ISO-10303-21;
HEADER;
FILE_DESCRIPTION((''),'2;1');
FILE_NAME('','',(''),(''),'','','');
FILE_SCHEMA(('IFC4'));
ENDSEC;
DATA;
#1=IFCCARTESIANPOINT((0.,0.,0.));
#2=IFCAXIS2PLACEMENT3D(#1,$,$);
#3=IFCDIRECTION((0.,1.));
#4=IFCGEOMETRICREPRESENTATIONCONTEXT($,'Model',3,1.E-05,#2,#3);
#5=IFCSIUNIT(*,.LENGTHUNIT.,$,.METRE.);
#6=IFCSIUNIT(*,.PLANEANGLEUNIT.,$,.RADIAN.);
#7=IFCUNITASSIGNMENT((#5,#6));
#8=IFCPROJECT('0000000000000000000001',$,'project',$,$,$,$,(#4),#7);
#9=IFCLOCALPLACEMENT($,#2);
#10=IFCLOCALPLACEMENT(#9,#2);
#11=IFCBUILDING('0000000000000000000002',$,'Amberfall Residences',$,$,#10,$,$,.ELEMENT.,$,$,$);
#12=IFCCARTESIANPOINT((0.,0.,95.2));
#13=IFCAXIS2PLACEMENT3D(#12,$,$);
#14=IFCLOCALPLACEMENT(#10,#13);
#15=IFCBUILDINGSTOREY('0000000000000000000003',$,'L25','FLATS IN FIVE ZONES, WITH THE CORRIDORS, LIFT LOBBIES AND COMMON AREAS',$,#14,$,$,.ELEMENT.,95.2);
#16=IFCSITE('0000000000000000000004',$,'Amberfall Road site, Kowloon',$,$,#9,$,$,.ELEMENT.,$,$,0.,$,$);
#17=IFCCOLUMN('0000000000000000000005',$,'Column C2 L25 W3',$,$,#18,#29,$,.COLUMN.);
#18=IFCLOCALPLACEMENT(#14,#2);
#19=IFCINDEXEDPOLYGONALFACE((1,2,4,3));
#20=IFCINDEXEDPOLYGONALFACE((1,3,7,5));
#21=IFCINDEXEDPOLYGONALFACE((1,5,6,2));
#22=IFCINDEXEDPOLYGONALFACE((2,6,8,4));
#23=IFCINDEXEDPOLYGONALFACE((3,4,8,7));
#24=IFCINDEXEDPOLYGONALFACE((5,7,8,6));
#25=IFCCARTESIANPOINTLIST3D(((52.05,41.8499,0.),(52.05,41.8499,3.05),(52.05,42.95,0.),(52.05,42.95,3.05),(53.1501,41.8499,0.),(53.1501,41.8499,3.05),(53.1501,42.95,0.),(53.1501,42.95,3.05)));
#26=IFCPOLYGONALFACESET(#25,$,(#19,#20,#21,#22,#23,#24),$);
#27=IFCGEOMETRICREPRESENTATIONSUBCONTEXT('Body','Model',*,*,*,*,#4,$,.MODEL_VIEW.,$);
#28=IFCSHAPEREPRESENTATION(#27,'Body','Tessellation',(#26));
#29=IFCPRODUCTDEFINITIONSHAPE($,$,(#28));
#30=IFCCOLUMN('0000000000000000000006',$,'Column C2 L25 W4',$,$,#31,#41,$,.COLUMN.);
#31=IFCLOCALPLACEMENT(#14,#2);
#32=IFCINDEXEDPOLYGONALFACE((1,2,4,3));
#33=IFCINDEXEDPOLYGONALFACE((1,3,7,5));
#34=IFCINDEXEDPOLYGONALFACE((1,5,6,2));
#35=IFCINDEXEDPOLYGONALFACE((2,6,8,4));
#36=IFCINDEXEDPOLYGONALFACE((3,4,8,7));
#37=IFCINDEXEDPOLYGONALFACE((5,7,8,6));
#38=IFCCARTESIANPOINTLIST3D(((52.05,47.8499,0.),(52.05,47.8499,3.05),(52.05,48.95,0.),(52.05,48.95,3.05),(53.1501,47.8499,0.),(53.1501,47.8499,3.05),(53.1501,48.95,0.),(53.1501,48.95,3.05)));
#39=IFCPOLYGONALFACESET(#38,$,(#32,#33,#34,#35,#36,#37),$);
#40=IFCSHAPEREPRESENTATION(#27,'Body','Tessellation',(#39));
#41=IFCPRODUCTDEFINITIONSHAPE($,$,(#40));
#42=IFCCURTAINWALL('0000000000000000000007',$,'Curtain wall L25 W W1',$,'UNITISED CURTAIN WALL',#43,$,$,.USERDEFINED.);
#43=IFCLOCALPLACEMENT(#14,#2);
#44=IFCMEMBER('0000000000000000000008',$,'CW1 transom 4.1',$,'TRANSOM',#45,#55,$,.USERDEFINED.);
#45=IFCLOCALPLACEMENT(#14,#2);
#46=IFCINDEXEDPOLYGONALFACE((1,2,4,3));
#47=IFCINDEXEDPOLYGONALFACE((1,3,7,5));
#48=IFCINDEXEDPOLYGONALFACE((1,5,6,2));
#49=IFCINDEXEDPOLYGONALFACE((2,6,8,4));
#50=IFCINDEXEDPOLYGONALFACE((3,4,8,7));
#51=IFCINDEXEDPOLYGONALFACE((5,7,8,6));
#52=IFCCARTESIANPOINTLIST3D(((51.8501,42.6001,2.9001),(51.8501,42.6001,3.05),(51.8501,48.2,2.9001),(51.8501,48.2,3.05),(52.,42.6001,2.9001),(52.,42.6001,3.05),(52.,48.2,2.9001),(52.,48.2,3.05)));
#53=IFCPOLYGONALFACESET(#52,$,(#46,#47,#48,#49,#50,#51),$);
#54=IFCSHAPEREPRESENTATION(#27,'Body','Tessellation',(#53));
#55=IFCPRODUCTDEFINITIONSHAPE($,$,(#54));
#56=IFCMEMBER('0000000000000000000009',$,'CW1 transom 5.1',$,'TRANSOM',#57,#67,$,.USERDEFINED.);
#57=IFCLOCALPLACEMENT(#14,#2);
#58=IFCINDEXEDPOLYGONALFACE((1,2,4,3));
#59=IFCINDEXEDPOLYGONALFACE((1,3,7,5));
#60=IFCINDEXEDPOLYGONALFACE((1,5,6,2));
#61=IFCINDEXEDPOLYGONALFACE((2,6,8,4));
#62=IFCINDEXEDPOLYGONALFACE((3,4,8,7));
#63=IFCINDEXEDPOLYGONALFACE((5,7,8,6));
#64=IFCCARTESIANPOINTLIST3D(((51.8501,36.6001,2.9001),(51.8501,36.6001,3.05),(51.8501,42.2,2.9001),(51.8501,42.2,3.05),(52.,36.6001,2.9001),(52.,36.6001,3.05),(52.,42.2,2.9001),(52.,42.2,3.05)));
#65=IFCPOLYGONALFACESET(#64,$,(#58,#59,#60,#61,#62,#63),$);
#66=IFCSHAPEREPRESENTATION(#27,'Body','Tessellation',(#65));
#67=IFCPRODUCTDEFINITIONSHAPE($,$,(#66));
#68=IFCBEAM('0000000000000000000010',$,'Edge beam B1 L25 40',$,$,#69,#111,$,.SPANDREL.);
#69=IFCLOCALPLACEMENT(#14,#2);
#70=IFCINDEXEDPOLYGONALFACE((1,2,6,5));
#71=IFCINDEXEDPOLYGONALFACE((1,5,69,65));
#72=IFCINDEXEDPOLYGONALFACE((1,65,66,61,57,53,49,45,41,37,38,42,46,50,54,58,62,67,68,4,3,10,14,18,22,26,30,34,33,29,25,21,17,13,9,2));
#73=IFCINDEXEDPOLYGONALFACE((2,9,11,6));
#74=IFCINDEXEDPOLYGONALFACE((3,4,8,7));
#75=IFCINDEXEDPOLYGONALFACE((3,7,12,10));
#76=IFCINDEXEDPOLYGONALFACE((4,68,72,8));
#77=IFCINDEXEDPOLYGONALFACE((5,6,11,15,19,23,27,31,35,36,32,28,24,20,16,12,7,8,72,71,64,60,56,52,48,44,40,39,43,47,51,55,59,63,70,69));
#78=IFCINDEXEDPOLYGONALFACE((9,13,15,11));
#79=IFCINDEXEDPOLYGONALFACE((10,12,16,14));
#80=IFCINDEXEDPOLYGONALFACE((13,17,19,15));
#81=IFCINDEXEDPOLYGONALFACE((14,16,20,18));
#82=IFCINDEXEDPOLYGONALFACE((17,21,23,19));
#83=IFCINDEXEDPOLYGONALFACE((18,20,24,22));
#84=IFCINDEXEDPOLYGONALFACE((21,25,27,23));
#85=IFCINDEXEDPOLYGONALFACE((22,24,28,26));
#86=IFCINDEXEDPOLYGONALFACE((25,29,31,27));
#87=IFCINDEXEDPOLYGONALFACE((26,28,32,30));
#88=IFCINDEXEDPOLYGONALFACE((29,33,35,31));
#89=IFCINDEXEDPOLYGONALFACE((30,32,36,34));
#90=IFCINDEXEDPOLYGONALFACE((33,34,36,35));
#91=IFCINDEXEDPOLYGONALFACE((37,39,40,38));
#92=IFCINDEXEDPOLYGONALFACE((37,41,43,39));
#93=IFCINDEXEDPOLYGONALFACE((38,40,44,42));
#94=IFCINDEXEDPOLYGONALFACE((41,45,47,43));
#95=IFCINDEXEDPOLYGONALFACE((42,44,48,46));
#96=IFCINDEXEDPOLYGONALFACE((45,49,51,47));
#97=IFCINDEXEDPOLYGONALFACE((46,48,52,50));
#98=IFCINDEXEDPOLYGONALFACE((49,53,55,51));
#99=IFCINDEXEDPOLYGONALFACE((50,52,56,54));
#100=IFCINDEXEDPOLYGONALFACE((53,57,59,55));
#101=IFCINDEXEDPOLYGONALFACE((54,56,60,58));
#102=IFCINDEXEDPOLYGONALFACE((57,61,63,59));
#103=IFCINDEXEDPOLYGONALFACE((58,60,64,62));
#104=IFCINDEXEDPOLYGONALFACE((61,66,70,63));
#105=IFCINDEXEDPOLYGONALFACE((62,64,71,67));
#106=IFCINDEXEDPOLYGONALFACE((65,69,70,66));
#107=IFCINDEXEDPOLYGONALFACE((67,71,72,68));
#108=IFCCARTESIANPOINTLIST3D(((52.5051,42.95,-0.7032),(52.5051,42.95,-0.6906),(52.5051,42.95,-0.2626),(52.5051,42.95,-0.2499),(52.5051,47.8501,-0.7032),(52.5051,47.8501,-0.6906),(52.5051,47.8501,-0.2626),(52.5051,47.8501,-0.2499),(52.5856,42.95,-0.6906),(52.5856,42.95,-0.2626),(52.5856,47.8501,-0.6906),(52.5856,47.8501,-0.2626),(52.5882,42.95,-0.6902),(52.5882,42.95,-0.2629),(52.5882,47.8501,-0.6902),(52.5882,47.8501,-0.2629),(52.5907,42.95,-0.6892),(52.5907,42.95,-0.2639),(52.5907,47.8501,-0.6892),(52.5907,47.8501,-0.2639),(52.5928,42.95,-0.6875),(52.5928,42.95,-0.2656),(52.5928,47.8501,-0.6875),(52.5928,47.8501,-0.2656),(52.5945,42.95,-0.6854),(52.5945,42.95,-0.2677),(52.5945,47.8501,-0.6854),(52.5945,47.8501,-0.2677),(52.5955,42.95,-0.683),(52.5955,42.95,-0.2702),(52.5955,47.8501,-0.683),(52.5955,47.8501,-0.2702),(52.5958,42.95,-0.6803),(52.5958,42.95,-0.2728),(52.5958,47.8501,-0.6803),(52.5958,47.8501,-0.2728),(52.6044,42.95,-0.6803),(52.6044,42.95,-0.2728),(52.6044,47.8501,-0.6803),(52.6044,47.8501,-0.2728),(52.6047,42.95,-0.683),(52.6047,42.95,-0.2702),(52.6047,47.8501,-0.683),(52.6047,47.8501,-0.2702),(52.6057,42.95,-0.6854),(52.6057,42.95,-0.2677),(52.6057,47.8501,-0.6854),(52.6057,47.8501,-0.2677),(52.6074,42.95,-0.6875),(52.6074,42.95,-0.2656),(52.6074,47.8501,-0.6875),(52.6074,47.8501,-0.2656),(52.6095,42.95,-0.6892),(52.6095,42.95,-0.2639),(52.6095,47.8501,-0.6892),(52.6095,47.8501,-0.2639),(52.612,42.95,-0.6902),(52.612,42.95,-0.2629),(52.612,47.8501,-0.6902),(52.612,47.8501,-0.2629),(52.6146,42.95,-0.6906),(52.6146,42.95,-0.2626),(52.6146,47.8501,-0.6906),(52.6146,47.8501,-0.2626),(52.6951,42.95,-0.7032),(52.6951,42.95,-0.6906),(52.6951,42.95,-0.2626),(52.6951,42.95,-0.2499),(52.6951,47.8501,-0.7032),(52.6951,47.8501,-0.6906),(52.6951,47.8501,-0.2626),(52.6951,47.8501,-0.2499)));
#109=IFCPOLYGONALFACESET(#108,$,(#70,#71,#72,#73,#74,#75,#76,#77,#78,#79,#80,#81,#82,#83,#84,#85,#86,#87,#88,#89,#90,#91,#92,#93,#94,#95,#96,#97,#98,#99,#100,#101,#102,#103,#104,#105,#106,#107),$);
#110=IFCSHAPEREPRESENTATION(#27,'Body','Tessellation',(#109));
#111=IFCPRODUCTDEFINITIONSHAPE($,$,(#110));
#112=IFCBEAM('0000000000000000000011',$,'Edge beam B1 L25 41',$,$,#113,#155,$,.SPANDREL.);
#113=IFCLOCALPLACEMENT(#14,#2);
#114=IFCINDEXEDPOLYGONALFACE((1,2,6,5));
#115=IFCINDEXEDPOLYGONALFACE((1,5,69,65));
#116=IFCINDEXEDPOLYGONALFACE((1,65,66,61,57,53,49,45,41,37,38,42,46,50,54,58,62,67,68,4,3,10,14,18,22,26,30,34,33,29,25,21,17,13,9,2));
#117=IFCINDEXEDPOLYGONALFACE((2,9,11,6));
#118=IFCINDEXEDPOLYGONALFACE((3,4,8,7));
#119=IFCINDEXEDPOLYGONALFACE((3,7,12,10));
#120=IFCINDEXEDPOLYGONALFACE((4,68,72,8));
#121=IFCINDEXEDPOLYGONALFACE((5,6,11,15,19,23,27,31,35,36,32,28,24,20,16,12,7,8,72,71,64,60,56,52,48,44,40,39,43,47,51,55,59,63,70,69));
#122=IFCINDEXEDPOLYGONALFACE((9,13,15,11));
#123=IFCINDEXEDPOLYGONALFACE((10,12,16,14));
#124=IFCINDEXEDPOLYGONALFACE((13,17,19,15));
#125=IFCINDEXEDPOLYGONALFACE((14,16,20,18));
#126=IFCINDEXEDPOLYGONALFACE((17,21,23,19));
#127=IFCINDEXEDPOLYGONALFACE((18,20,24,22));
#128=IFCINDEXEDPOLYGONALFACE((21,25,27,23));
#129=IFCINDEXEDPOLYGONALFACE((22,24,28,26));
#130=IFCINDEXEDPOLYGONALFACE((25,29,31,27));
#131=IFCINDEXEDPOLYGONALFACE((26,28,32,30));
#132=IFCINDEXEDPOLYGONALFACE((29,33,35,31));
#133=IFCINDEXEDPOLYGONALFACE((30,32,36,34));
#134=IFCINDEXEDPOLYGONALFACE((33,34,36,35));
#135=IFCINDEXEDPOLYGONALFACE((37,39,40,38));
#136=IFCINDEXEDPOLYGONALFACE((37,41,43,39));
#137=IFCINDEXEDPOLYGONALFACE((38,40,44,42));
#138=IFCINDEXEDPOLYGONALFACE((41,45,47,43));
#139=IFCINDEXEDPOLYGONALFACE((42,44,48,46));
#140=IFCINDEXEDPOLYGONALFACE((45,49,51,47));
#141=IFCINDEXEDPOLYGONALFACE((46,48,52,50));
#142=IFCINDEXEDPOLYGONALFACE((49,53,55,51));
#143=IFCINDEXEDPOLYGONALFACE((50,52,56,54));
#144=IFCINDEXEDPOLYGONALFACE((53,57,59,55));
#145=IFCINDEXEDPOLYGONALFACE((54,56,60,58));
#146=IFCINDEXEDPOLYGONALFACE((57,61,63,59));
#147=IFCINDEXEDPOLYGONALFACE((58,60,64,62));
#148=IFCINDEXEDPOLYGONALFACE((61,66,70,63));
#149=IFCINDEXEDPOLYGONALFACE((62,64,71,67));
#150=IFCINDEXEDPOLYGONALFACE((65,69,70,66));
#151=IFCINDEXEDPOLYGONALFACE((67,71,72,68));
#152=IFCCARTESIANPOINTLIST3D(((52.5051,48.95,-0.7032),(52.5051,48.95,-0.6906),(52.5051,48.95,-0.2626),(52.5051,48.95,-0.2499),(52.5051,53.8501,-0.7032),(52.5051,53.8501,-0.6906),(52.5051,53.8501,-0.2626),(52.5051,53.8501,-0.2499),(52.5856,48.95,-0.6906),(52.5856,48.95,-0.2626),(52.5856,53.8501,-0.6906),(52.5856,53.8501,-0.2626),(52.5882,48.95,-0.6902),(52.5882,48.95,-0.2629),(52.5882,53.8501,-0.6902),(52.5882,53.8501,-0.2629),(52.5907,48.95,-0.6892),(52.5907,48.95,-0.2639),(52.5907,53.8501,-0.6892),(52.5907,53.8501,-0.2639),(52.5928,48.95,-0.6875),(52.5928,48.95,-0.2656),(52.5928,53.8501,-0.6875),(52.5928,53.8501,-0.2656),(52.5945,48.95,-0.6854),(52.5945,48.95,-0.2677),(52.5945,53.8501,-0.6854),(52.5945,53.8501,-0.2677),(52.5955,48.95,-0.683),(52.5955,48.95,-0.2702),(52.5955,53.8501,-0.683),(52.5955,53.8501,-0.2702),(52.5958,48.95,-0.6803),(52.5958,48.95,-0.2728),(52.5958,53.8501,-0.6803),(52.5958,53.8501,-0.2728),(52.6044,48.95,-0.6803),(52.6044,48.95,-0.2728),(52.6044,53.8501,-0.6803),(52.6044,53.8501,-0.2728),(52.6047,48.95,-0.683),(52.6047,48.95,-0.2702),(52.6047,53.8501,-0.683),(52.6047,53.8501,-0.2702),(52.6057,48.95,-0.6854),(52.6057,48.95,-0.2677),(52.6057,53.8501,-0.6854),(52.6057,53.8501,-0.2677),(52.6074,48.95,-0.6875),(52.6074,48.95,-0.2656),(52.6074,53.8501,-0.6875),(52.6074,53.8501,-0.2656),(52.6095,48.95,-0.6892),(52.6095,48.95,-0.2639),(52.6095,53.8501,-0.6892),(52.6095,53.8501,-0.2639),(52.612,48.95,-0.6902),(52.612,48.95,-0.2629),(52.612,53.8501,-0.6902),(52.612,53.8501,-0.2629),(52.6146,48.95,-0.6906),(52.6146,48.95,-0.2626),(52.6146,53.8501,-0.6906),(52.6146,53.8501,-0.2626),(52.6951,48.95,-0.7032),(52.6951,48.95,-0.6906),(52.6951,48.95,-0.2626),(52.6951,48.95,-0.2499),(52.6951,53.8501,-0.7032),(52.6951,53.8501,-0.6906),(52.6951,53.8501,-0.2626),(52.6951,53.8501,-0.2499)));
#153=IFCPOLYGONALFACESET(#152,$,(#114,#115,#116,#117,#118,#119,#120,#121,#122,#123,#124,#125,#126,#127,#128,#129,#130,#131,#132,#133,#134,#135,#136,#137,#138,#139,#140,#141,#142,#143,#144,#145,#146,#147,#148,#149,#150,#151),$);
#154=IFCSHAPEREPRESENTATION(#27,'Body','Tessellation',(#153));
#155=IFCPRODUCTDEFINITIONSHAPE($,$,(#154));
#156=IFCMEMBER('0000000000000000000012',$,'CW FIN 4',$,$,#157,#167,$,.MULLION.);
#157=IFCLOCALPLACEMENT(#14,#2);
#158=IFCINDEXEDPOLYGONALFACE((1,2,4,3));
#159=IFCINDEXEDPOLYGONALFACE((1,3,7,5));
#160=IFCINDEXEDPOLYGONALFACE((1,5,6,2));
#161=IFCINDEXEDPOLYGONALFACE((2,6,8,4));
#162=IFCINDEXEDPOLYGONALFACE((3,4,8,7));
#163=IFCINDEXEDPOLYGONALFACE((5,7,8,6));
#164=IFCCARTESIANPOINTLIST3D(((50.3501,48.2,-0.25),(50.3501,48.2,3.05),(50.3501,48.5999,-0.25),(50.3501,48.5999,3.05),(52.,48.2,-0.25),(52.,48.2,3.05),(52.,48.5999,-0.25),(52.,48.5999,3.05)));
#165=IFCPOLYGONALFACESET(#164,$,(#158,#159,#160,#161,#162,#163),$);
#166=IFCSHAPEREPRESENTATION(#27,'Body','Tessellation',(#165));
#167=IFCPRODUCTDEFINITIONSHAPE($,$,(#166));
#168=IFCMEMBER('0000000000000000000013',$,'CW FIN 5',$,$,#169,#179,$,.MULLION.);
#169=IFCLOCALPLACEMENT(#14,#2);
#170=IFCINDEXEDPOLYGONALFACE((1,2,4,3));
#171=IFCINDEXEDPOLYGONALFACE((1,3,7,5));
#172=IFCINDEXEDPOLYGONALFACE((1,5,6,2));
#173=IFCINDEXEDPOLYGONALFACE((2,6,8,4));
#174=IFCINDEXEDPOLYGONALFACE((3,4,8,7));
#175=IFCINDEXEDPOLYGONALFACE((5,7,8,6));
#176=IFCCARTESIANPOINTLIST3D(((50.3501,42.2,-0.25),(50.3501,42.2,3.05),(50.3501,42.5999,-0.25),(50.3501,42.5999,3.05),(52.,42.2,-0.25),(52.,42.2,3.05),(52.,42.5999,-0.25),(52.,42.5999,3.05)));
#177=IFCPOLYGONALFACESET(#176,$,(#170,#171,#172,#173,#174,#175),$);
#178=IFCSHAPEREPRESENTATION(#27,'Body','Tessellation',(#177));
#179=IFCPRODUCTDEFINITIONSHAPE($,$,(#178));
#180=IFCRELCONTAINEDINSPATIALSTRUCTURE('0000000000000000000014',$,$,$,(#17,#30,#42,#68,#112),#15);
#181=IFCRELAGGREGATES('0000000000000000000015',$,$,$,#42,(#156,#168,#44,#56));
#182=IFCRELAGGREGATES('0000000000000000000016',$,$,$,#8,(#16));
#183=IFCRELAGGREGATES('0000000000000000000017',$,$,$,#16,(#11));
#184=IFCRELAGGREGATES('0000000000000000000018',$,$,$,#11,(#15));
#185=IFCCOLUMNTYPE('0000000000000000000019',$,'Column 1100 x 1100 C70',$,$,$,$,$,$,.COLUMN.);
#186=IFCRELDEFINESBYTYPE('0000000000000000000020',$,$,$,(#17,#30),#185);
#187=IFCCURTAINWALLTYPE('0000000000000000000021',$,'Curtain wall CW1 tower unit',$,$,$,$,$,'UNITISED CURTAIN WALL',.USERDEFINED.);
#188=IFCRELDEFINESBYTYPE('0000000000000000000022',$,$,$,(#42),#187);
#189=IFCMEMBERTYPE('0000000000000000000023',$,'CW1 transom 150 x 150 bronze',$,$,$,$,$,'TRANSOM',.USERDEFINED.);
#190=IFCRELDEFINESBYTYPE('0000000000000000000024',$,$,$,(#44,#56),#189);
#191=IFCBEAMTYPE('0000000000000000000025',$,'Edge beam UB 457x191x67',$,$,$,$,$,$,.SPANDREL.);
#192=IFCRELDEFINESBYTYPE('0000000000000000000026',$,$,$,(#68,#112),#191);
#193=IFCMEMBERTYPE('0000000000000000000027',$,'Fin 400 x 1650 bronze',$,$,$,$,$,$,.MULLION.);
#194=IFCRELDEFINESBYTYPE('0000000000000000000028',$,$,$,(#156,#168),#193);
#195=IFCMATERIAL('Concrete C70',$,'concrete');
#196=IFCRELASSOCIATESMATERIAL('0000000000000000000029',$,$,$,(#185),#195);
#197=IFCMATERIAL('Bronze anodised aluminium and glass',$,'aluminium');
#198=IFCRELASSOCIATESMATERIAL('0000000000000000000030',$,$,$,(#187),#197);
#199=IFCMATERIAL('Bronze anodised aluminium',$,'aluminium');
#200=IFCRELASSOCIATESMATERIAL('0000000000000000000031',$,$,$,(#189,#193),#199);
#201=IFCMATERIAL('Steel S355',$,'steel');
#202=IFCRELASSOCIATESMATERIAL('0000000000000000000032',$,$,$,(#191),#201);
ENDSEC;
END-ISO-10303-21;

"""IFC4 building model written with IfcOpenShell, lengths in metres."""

from ifc_helpers import new_model, si_unit, direction, frame, origin, origin_2d, place, context, subcontext, project, spatial, rectangle, i_section, extrude, material, material_profile, profile_set, type_object, element, aggregate, save


model = new_model("IFC4")

# Units and contexts
model_context = context("Model", 3, precision=1e-05, world=origin(), true_north=direction((0.0, 1.0)))
body_context = subcontext(model_context, "Body", "Model", "MODEL_VIEW")
ifc_project = project(units=[si_unit("LENGTHUNIT", "METRE"), si_unit("PLANEANGLEUNIT", "RADIAN")], contexts=[model_context])

# Site, building, storey
site_placement = place(None, origin())
site = spatial("IfcSite", under=ifc_project, at=site_placement, Name="Amberfall Road site, Kowloon", CompositionType="ELEMENT", RefElevation=0.0)
building_placement = place(site_placement, origin())
building = spatial("IfcBuilding", under=site, at=building_placement, Name="Amberfall Residences", CompositionType="ELEMENT")
storey_placement = place(building_placement, frame((0.0, 0.0, 95.2)))
storey = spatial("IfcBuildingStorey", under=building, at=storey_placement, Name="L25", Description="FLATS IN FIVE ZONES, WITH THE CORRIDORS, LIFT LOBBIES AND COMMON AREAS", CompositionType="ELEMENT", Elevation=95.2)

# Columns
ifc_material_1 = material(Name="Concrete C70", Category="concrete")
ifc_material_profile_1 = material_profile(ifc_material_1, rectangle(XDim=1.1001, YDim=1.1001, at=origin_2d()), Name="Column 1100 x 1100 C70")
ifc_profile_set_1 = profile_set([ifc_material_profile_1], Name="Concrete C70")
column_type = type_object("IfcColumnType", Name="Column 1100 x 1100 C70", PredefinedType="COLUMN", material=ifc_profile_set_1)
for number, where, z_axis, x_axis, name in (
    (1, (52.6001, 42.3999, 0.0), (0.0, 0.0, 1.0), (1.0, 0.0, 0.0), "Column C2 L25 W3"),
    (2, (52.6001, 48.3999, 0.0), (0.0, 0.0, 1.0), (1.0, 0.0, 0.0), "Column C2 L25 W4"),
):
    element("IfcColumn", number, at=place(storey_placement, frame(where, z_axis=z_axis, x_axis=x_axis)), inside=storey, type_object=column_type, Name=name, PredefinedType="COLUMN", context=body_context, shape_type="SweptSolid", body=[
        extrude(rectangle(XDim=1.1001, YDim=1.1001, at=origin_2d()), origin(), (0.0, 0.0, 1.0), 3.05),
    ])

# Curtain wall, members
ifc_material_2 = material(Name="Bronze anodised aluminium and glass", Category="aluminium")
curtain_wall_type = type_object("IfcCurtainWallType", Name="Curtain wall CW1 tower unit", ElementType="UNITISED CURTAIN WALL", PredefinedType="USERDEFINED", material=ifc_material_2)
curtain_wall_placement = place(storey_placement, origin())
curtain_wall = element("IfcCurtainWall", 3, at=curtain_wall_placement, inside=storey, type_object=curtain_wall_type, Name="Curtain wall L25 W W1", ObjectType="UNITISED CURTAIN WALL", PredefinedType="USERDEFINED")
ifc_material_3 = material(Name="Bronze anodised aluminium", Category="aluminium")
ifc_material_profile_2 = material_profile(ifc_material_3, rectangle(XDim=0.1499, YDim=0.1499, at=origin_2d()), Name="CW1 transom 150 x 150 bronze")
ifc_profile_set_2 = profile_set([ifc_material_profile_2], Name="Bronze anodised aluminium")
member_type_1 = type_object("IfcMemberType", Name="CW1 transom 150 x 150 bronze", ElementType="TRANSOM", PredefinedType="USERDEFINED", material=ifc_profile_set_2)
member_1_placement = place(storey_placement, frame((51.925, 48.2, 2.9751), z_axis=(0.0, -1.0, 0.0), x_axis=(1.0, 0.0, 0.0)))
member_1 = element("IfcMember", 4, at=member_1_placement, type_object=member_type_1, Name="CW1 transom 4.1", ObjectType="TRANSOM", PredefinedType="USERDEFINED", context=body_context, shape_type="SweptSolid", body=[
    extrude(rectangle(XDim=0.1499, YDim=0.1499, at=origin_2d()), origin(), (0.0, 0.0, 1.0), 5.5999),
])
member_2_placement = place(storey_placement, frame((51.925, 42.2, 2.9751), z_axis=(0.0, -1.0, 0.0), x_axis=(1.0, 0.0, 0.0)))
member_2 = element("IfcMember", 5, at=member_2_placement, type_object=member_type_1, Name="CW1 transom 5.1", ObjectType="TRANSOM", PredefinedType="USERDEFINED", context=body_context, shape_type="SweptSolid", body=[
    extrude(rectangle(XDim=0.1499, YDim=0.1499, at=origin_2d()), origin(), (0.0, 0.0, 1.0), 5.5999),
])

# Beams
ifc_material_4 = material(Name="Steel S355", Category="steel")
ifc_material_profile_3 = material_profile(ifc_material_4, i_section(OverallWidth=0.1899, OverallDepth=0.4534, WebThickness=0.0085, FlangeThickness=0.0127, FilletRadius=0.0103, at=origin_2d()), Name="UB 457x191x67")
ifc_profile_set_3 = profile_set([ifc_material_profile_3], Name="Steel S355")
beam_type_1 = type_object("IfcBeamType", Name="Edge beam UB 457x191x67", PredefinedType="SPANDREL", material=ifc_profile_set_3)
for number, where, z_axis, x_axis, name in (
    (6, (52.6001, 42.95, -0.4766), (0.0, 1.0, 0.0), (-1.0, 0.0, 0.0), "Edge beam B1 L25 40"),
    (7, (52.6001, 48.95, -0.4766), (0.0, 1.0, 0.0), (-1.0, 0.0, 0.0), "Edge beam B1 L25 41"),
):
    element("IfcBeam", number, at=place(storey_placement, frame(where, z_axis=z_axis, x_axis=x_axis)), inside=storey, type_object=beam_type_1, Name=name, PredefinedType="SPANDREL", context=body_context, shape_type="SweptSolid", body=[
        extrude(i_section(OverallWidth=0.1899, OverallDepth=0.4534, WebThickness=0.0085, FlangeThickness=0.0127, FilletRadius=0.0103, at=origin_2d()), origin(), (0.0, 0.0, 1.0), 4.9001),
    ])

# Members
ifc_material_profile_4 = material_profile(ifc_material_3, rectangle(XDim=1.6499, YDim=0.3999, at=origin_2d()), Name="Fin 400 x 1650 bronze")
ifc_profile_set_4 = profile_set([ifc_material_profile_4], Name="Bronze anodised aluminium")
member_type_2 = type_object("IfcMemberType", Name="Fin 400 x 1650 bronze", PredefinedType="MULLION", material=ifc_profile_set_4)
member_3_placement = place(storey_placement, frame((51.175, 48.3999, -0.25), z_axis=(0.0, 0.0, 1.0), x_axis=(1.0, 0.0, 0.0)))
member_3 = element("IfcMember", 8, at=member_3_placement, type_object=member_type_2, Name="CW FIN 4", PredefinedType="MULLION", context=body_context, shape_type="SweptSolid", body=[
    extrude(rectangle(XDim=1.6499, YDim=0.3999, at=origin_2d()), origin(), (0.0, 0.0, 1.0), 3.3),
])
member_4_placement = place(storey_placement, frame((51.175, 42.3999, -0.25), z_axis=(0.0, 0.0, 1.0), x_axis=(1.0, 0.0, 0.0)))
member_4 = element("IfcMember", 9, at=member_4_placement, type_object=member_type_2, Name="CW FIN 5", PredefinedType="MULLION", context=body_context, shape_type="SweptSolid", body=[
    extrude(rectangle(XDim=1.6499, YDim=0.3999, at=origin_2d()), origin(), (0.0, 0.0, 1.0), 3.3),
])

aggregate(curtain_wall, [member_3, member_4, member_1, member_2])

save(model, "model.ifc")
